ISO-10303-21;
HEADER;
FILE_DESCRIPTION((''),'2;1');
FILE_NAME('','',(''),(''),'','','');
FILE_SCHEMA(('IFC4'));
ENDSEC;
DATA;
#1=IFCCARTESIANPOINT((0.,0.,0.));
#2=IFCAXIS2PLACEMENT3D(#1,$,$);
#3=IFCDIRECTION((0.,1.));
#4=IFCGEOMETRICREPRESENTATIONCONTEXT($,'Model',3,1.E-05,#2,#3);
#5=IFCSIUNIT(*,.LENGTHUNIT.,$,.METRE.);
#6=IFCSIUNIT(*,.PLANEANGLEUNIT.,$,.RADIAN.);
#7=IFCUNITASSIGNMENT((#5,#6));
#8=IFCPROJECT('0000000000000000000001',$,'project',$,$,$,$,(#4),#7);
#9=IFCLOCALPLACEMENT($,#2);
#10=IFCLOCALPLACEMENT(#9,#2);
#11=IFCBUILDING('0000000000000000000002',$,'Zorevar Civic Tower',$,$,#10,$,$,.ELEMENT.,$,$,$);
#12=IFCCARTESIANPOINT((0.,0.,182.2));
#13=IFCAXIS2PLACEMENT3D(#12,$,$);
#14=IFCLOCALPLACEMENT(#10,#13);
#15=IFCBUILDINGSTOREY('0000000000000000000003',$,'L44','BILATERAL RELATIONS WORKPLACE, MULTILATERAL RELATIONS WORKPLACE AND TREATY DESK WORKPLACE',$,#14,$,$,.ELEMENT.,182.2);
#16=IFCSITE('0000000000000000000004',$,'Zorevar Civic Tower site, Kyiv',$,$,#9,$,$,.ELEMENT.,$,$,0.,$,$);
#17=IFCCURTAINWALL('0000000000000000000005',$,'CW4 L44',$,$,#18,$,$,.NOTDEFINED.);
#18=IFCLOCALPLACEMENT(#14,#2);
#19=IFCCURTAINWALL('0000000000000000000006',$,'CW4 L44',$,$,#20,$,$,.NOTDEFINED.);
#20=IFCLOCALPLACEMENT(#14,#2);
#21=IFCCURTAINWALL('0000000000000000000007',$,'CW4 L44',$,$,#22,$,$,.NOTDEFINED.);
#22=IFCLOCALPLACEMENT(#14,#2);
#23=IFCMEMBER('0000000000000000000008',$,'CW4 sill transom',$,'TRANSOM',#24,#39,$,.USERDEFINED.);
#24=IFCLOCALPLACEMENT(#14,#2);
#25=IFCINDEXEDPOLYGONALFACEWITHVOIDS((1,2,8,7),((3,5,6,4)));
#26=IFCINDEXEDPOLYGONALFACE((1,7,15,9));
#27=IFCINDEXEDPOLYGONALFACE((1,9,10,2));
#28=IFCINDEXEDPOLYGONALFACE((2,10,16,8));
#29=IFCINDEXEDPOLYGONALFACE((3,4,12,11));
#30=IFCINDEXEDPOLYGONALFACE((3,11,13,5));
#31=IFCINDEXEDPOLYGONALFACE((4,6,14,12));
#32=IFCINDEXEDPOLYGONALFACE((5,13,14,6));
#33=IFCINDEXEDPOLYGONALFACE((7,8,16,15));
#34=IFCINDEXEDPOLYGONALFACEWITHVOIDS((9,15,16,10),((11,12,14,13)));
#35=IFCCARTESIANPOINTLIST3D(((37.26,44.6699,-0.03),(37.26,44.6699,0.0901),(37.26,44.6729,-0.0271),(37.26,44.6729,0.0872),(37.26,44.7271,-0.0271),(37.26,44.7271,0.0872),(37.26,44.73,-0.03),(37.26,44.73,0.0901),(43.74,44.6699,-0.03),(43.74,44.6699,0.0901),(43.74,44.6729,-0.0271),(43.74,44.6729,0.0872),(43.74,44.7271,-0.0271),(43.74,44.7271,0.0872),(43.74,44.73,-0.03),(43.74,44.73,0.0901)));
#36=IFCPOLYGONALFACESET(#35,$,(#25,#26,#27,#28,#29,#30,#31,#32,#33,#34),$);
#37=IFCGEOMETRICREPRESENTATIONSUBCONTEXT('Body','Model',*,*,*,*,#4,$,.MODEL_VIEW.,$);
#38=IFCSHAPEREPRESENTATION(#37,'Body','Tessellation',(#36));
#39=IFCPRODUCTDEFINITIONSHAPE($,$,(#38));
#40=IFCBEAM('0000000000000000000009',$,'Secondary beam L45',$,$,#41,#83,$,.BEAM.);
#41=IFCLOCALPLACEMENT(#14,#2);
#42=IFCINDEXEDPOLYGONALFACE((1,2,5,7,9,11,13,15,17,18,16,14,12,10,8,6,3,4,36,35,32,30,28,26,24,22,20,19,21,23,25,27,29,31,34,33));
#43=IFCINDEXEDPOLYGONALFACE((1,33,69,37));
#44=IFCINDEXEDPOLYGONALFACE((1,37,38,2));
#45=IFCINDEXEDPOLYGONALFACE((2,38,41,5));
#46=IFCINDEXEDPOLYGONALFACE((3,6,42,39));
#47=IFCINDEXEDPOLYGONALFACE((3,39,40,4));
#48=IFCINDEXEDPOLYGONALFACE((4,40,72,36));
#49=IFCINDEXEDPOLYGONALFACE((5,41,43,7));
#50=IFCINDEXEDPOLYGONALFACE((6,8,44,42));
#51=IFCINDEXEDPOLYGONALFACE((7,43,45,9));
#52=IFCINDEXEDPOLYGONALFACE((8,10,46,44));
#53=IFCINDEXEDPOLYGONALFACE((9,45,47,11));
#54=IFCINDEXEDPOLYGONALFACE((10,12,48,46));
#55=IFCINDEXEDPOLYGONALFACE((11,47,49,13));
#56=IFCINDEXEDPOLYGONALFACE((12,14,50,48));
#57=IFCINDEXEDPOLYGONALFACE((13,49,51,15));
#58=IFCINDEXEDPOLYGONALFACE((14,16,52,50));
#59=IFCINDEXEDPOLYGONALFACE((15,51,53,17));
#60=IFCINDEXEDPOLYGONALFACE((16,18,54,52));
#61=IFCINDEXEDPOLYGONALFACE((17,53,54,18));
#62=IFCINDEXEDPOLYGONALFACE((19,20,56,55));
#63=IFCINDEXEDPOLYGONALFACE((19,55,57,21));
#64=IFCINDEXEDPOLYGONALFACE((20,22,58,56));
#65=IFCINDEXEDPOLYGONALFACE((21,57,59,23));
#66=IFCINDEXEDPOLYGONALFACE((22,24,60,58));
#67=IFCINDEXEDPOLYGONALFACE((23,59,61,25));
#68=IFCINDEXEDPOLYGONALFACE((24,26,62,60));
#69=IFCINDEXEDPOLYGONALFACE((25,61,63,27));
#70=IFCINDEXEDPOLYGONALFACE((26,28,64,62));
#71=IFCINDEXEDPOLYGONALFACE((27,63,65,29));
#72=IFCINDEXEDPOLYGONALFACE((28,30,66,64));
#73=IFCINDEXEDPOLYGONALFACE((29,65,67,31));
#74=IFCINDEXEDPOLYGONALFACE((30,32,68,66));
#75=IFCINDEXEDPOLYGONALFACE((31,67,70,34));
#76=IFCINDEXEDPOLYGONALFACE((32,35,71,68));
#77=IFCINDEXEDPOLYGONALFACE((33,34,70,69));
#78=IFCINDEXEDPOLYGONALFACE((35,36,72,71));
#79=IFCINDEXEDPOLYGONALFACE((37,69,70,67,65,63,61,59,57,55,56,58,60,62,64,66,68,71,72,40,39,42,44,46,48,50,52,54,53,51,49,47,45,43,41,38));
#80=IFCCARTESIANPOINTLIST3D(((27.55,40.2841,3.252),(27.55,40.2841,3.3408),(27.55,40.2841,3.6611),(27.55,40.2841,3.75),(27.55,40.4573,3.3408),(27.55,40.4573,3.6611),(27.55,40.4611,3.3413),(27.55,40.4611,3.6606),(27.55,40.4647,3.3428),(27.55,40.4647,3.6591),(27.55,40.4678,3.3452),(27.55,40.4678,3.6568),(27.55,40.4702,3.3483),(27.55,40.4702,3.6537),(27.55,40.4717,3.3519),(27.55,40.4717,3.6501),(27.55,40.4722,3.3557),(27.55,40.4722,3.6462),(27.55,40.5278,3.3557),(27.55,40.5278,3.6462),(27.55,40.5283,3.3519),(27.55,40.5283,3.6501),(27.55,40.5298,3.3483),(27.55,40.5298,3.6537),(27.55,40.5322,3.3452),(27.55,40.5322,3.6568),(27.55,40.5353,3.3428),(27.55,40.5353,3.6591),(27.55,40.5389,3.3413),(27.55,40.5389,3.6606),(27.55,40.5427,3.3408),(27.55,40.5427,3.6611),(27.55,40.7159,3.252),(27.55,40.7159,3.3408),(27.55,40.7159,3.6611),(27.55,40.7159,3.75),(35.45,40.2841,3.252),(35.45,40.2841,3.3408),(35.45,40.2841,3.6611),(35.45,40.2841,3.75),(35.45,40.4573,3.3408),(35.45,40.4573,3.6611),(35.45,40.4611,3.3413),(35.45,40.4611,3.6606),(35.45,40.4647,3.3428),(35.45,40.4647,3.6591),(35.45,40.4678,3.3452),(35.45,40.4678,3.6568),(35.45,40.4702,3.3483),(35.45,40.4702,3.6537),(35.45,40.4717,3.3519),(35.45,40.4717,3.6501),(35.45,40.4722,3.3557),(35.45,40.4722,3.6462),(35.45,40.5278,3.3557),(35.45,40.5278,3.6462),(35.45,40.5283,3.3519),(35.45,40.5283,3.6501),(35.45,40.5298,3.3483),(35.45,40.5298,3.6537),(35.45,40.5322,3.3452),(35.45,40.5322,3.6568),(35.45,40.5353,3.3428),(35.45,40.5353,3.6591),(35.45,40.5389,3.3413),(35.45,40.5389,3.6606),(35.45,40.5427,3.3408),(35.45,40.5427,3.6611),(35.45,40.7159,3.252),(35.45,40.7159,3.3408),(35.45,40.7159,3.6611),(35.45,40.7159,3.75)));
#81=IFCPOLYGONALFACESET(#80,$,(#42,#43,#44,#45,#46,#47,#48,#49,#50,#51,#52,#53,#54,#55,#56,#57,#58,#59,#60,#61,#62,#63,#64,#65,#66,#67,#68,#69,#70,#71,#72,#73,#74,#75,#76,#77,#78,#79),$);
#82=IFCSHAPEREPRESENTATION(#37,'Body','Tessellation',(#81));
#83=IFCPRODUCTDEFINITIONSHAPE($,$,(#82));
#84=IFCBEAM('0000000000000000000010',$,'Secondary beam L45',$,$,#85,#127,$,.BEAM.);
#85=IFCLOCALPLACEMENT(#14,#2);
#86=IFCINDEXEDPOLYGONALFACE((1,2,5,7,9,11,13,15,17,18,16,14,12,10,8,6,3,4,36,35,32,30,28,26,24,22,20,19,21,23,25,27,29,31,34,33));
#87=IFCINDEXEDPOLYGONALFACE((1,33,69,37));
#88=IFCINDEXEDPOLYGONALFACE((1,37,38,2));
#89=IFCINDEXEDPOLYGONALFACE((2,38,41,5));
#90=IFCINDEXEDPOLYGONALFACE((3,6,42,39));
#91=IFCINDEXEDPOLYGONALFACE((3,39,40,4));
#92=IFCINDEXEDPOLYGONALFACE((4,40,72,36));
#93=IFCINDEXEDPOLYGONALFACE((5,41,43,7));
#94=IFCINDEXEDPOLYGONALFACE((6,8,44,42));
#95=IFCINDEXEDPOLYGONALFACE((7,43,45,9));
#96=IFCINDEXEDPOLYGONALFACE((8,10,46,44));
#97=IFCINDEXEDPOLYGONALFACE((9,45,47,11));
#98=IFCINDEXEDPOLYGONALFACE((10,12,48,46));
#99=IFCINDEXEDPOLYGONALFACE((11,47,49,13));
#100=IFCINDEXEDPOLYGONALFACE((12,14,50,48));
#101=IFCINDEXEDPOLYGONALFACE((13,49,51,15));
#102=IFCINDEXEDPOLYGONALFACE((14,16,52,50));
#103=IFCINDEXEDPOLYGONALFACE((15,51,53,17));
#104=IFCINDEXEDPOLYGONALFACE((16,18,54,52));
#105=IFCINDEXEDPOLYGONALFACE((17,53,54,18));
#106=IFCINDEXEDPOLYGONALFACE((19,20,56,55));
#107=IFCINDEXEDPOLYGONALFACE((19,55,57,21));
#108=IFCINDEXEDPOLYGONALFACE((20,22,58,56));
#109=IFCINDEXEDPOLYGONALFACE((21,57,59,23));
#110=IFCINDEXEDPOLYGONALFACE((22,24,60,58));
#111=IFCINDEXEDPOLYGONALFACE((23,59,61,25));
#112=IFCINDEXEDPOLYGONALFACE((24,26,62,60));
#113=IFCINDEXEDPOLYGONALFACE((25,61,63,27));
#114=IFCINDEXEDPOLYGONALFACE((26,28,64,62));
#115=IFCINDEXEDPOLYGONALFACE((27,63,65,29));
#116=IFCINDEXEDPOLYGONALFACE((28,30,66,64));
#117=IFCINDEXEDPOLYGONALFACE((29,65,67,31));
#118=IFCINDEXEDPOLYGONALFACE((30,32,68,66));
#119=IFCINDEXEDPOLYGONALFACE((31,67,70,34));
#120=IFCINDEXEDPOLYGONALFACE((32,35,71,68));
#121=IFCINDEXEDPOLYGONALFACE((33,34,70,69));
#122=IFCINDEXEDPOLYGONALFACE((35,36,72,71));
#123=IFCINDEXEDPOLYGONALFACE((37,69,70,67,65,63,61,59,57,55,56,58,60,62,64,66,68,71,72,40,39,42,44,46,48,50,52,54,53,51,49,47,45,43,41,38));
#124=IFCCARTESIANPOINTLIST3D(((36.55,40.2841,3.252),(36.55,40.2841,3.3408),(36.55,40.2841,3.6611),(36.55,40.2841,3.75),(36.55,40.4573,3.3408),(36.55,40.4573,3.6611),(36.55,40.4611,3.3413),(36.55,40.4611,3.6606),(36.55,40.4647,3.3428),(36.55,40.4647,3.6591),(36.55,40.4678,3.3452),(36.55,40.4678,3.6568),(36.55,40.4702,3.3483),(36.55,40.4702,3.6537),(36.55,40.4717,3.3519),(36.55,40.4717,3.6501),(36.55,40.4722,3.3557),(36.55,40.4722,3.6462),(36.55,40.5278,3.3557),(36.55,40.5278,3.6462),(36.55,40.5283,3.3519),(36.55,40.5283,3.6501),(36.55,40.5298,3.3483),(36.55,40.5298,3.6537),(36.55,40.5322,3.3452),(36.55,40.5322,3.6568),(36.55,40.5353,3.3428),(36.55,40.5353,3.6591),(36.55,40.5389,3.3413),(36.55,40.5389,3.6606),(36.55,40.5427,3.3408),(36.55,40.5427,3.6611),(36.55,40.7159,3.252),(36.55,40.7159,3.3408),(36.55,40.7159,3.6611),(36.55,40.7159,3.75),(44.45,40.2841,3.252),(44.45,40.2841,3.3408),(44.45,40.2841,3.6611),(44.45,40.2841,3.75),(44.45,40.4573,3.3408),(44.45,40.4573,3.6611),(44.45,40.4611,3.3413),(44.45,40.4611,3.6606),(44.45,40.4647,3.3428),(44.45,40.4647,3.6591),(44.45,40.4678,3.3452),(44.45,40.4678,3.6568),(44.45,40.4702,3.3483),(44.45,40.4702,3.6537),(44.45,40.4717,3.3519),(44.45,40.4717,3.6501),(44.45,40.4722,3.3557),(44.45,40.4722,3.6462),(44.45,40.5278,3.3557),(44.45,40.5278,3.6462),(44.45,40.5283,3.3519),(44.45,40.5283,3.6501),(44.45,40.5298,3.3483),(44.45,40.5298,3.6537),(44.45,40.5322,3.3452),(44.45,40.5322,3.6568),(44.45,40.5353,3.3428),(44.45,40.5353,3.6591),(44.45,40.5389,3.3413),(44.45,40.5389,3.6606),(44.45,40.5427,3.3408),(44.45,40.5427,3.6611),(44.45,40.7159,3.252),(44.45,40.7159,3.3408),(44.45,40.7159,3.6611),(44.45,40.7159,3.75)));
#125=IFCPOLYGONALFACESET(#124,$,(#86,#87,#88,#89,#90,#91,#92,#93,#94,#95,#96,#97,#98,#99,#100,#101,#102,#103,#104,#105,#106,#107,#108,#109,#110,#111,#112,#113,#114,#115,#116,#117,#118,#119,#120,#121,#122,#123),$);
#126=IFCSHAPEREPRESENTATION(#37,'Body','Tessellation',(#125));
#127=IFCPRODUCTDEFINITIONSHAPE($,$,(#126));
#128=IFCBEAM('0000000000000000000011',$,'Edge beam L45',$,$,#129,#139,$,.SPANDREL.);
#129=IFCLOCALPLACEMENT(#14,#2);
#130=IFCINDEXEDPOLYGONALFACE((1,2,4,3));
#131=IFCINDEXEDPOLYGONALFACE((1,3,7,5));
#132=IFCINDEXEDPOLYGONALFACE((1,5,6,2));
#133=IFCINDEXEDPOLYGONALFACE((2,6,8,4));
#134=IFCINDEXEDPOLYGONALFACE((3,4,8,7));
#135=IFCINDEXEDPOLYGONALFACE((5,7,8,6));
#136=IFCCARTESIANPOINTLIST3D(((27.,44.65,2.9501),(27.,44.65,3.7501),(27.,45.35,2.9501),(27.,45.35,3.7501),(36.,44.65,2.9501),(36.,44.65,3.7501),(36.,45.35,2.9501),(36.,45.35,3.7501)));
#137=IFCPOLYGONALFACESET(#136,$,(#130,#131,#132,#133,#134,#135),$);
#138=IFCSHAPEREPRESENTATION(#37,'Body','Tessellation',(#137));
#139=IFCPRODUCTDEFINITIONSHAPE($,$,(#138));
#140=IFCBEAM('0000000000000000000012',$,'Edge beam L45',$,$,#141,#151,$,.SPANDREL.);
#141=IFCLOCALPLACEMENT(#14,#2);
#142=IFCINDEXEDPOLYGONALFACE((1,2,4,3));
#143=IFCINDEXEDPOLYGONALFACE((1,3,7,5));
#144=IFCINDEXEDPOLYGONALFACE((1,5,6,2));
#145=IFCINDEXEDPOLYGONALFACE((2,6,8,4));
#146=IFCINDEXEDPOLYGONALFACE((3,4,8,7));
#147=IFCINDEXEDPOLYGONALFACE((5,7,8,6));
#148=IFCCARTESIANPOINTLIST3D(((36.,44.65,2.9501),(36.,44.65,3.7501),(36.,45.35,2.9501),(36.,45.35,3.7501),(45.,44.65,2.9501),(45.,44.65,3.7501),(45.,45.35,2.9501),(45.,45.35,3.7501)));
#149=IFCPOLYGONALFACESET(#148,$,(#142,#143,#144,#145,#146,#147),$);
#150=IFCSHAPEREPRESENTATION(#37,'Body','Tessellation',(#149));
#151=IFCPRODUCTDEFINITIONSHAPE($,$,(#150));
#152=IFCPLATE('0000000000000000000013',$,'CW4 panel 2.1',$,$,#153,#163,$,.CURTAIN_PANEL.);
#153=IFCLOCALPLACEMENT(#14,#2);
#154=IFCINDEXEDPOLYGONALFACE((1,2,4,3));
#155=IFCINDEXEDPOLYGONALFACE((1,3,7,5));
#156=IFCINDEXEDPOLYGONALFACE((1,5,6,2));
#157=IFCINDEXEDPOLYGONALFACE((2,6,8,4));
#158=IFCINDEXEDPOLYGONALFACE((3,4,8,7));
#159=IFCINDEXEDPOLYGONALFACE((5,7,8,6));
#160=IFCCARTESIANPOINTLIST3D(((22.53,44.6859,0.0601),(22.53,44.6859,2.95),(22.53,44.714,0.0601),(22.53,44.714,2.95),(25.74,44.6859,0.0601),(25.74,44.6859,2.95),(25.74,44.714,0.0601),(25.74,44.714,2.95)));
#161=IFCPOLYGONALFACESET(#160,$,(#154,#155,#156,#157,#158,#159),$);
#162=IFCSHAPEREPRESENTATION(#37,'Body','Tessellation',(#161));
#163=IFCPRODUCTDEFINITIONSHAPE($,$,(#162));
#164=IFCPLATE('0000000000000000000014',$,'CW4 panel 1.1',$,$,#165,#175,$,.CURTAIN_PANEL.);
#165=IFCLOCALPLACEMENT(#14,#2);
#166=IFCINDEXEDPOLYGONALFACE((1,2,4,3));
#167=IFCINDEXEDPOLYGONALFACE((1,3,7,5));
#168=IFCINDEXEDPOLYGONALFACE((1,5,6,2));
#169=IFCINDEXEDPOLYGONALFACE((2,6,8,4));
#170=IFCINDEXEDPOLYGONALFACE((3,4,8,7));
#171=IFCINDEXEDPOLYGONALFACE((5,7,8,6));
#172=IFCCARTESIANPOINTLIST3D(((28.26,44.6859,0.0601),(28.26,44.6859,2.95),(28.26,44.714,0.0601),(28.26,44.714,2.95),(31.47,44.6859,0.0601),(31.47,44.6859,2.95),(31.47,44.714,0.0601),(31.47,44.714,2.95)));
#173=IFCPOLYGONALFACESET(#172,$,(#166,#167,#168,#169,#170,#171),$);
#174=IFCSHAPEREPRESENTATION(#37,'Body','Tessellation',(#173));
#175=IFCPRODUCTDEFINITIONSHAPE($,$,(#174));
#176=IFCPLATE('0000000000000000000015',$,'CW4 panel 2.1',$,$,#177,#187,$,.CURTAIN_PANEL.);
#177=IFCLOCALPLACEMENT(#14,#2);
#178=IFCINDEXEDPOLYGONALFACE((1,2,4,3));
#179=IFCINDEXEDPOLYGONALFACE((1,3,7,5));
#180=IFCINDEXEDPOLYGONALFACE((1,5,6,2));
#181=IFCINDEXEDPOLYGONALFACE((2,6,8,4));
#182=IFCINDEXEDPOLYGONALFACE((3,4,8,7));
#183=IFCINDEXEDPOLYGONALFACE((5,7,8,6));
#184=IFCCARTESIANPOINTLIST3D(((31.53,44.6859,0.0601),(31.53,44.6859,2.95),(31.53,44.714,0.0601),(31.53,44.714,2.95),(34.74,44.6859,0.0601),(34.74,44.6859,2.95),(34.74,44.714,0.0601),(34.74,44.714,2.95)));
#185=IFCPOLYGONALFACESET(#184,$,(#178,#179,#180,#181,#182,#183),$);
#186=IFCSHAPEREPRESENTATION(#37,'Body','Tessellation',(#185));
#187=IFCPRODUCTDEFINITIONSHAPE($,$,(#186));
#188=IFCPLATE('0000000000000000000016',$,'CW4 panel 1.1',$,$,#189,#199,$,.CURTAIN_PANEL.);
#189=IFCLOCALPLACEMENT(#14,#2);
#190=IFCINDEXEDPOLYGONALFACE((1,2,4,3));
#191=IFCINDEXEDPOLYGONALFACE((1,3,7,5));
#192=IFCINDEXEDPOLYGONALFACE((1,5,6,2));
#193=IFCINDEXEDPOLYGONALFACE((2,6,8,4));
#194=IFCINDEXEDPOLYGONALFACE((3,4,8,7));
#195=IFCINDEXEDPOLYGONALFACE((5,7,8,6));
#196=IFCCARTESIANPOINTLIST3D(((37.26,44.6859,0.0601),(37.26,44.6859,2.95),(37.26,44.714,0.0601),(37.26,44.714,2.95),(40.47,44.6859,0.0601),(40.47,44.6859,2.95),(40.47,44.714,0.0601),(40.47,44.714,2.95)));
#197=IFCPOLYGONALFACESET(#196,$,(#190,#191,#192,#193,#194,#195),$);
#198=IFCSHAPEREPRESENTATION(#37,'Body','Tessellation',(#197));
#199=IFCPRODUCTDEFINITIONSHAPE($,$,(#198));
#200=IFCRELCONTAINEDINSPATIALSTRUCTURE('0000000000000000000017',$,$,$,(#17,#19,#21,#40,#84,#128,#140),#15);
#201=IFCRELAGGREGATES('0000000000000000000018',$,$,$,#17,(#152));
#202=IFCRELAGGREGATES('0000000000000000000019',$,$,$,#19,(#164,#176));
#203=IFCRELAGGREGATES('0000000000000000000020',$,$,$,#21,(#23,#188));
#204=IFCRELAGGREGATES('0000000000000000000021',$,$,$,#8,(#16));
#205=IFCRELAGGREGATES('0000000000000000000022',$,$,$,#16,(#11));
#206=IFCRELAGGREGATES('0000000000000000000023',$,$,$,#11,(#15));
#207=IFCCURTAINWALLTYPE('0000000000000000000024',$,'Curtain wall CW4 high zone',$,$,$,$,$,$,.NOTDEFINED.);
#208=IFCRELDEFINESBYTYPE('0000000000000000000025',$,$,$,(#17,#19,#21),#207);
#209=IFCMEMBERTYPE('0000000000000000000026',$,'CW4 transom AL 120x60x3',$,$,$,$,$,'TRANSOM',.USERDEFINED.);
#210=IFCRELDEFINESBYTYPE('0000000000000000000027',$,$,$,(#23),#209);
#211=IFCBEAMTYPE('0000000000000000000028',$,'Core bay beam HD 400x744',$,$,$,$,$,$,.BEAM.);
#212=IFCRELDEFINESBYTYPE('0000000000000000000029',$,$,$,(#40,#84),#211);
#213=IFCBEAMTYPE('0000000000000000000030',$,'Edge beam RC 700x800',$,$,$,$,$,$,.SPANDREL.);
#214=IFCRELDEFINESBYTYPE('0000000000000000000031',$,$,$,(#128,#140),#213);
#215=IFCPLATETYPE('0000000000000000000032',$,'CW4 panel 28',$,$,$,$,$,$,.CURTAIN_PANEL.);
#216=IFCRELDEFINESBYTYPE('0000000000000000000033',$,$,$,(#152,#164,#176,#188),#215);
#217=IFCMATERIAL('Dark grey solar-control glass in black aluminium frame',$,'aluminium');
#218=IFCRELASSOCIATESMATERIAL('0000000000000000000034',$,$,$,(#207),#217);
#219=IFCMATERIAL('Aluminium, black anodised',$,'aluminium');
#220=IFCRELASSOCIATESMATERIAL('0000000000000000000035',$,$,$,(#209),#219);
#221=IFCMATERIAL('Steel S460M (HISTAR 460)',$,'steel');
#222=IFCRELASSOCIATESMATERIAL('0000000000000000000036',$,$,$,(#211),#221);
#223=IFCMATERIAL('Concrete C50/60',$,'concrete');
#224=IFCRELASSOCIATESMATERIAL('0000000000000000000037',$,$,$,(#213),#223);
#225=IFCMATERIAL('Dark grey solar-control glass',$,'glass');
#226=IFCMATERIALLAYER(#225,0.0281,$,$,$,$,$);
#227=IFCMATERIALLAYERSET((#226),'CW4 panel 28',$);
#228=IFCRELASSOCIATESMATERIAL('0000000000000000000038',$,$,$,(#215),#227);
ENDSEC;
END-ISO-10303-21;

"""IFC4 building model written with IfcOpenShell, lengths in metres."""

from ifc_helpers import new_model, si_unit, direction, frame, origin, origin_2d, place, context, subcontext, project, spatial, rectangle, hollow_rectangle, i_section, extrude, material, layer, layer_set, material_profile, profile_set, type_object, element, aggregate, save


model = new_model("IFC4")

# Units and contexts
model_context = context("Model", 3, precision=1e-05, world=origin(), true_north=direction((0.0, 1.0)))
body_context = subcontext(model_context, "Body", "Model", "MODEL_VIEW")
ifc_project = project(units=[si_unit("LENGTHUNIT", "METRE"), si_unit("PLANEANGLEUNIT", "RADIAN")], contexts=[model_context])

# Site, building, storey
site_placement = place(None, origin())
site = spatial("IfcSite", under=ifc_project, at=site_placement, Name="Zorevar Civic Tower site, Kyiv", CompositionType="ELEMENT", RefElevation=0.0)
building_placement = place(site_placement, origin())
building = spatial("IfcBuilding", under=site, at=building_placement, Name="Zorevar Civic Tower", CompositionType="ELEMENT")
storey_placement = place(building_placement, frame((0.0, 0.0, 182.2)))
storey = spatial("IfcBuildingStorey", under=building, at=storey_placement, Name="L44", Description="BILATERAL RELATIONS WORKPLACE, MULTILATERAL RELATIONS WORKPLACE AND TREATY DESK WORKPLACE", CompositionType="ELEMENT", Elevation=182.2)

# Curtain walls
ifc_material_1 = material(Name="Dark grey solar-control glass in black aluminium frame", Category="aluminium")
curtain_wall_type = type_object("IfcCurtainWallType", Name="Curtain wall CW4 high zone", PredefinedType="NOTDEFINED", material=ifc_material_1)
curtain_wall_1_placement = place(storey_placement, origin())
curtain_wall_1 = element("IfcCurtainWall", 1, at=curtain_wall_1_placement, inside=storey, type_object=curtain_wall_type, Name="CW4 L44", PredefinedType="NOTDEFINED")
curtain_wall_2_placement = place(storey_placement, origin())
curtain_wall_2 = element("IfcCurtainWall", 2, at=curtain_wall_2_placement, inside=storey, type_object=curtain_wall_type, Name="CW4 L44", PredefinedType="NOTDEFINED")
curtain_wall_3_placement = place(storey_placement, origin())
curtain_wall_3 = element("IfcCurtainWall", 3, at=curtain_wall_3_placement, inside=storey, type_object=curtain_wall_type, Name="CW4 L44", PredefinedType="NOTDEFINED")

# Member
ifc_material_2 = material(Name="Aluminium, black anodised", Category="aluminium")
ifc_material_profile_1 = material_profile(ifc_material_2, hollow_rectangle(XDim=0.0601, YDim=0.1201, WallThickness=0.0029, at=origin_2d()), Name="AL 120x60x3")
ifc_profile_set_1 = profile_set([ifc_material_profile_1], Name="Aluminium, black anodised")
member_type_1 = type_object("IfcMemberType", Name="CW4 transom AL 120x60x3", ElementType="TRANSOM", PredefinedType="USERDEFINED", material=ifc_profile_set_1)
member_1_placement = place(storey_placement, frame((37.26, 44.7, 0.03), z_axis=(1.0, 0.0, 0.0), x_axis=(0.0, 1.0, 0.0)))
member_1 = element("IfcMember", 4, at=member_1_placement, type_object=member_type_1, Name="CW4 sill transom", ObjectType="TRANSOM", PredefinedType="USERDEFINED", context=body_context, shape_type="SweptSolid", body=[
    extrude(hollow_rectangle(XDim=0.0601, YDim=0.1201, WallThickness=0.0029, at=origin_2d()), origin(), (0.0, 0.0, 1.0), 6.48),
])

# Beams
ifc_material_3 = material(Name="Steel S460M (HISTAR 460)", Category="steel")
ifc_material_profile_2 = material_profile(ifc_material_3, i_section(OverallWidth=0.4319, OverallDepth=0.498, WebThickness=0.0557, FlangeThickness=0.0889, FilletRadius=0.0149, at=origin_2d()), Name="HD 400x744")
ifc_profile_set_2 = profile_set([ifc_material_profile_2], Name="Steel S460M (HISTAR 460)")
beam_type_1 = type_object("IfcBeamType", Name="Core bay beam HD 400x744", PredefinedType="BEAM", material=ifc_profile_set_2)
for number, where, z_axis, x_axis, name in (
    (5, (27.55, 40.5, 3.501), (1.0, 0.0, 0.0), (0.0, 1.0, 0.0), "Secondary beam L45"),
    (6, (36.55, 40.5, 3.501), (1.0, 0.0, 0.0), (0.0, 1.0, 0.0), "Secondary beam L45"),
):
    element("IfcBeam", number, at=place(storey_placement, frame(where, z_axis=z_axis, x_axis=x_axis)), inside=storey, type_object=beam_type_1, Name=name, PredefinedType="BEAM", context=body_context, shape_type="SweptSolid", body=[
        extrude(i_section(OverallWidth=0.4319, OverallDepth=0.498, WebThickness=0.0557, FlangeThickness=0.0889, FilletRadius=0.0149, at=origin_2d()), origin(), (0.0, 0.0, 1.0), 7.8999),
    ])
ifc_material_4 = material(Name="Concrete C50/60", Category="concrete")
ifc_material_profile_3 = material_profile(ifc_material_4, rectangle(XDim=0.7, YDim=0.8, at=origin_2d()), Name="RC 700x800")
ifc_profile_set_3 = profile_set([ifc_material_profile_3], Name="Concrete C50/60")
beam_type_2 = type_object("IfcBeamType", Name="Edge beam RC 700x800", PredefinedType="SPANDREL", material=ifc_profile_set_3)
for number, where, z_axis, x_axis, name in (
    (7, (27.0, 45.0, 3.3501), (1.0, 0.0, 0.0), (0.0, 1.0, 0.0), "Edge beam L45"),
    (8, (36.0, 45.0, 3.3501), (1.0, 0.0, 0.0), (0.0, 1.0, 0.0), "Edge beam L45"),
):
    element("IfcBeam", number, at=place(storey_placement, frame(where, z_axis=z_axis, x_axis=x_axis)), inside=storey, type_object=beam_type_2, Name=name, PredefinedType="SPANDREL", context=body_context, shape_type="SweptSolid", body=[
        extrude(rectangle(XDim=0.7, YDim=0.8, at=origin_2d()), origin(), (0.0, 0.0, 1.0), 9.0),
    ])

# Plates
ifc_material_5 = material(Name="Dark grey solar-control glass", Category="glass")
ifc_layer_1 = layer(ifc_material_5, 0.0281)
ifc_layer_set_1 = layer_set([ifc_layer_1], Name="CW4 panel 28")
plate_type = type_object("IfcPlateType", Name="CW4 panel 28", PredefinedType="CURTAIN_PANEL", material=ifc_layer_set_1)
plate_1_placement = place(storey_placement, frame((24.135, 44.7, 0.0601), z_axis=(0.0, 0.0, 1.0), x_axis=(1.0, 0.0, 0.0)))
plate_1 = element("IfcPlate", 9, at=plate_1_placement, type_object=plate_type, Name="CW4 panel 2.1", PredefinedType="CURTAIN_PANEL", context=body_context, shape_type="SweptSolid", body=[
    extrude(rectangle(XDim=3.21, YDim=0.0281, at=origin_2d()), origin(), (0.0, 0.0, 1.0), 2.8899),
])
aggregate(curtain_wall_1, [plate_1])
plate_2_placement = place(storey_placement, frame((29.865, 44.7, 0.0601), z_axis=(0.0, 0.0, 1.0), x_axis=(1.0, 0.0, 0.0)))
plate_2 = element("IfcPlate", 10, at=plate_2_placement, type_object=plate_type, Name="CW4 panel 1.1", PredefinedType="CURTAIN_PANEL", context=body_context, shape_type="SweptSolid", body=[
    extrude(rectangle(XDim=3.21, YDim=0.0281, at=origin_2d()), origin(), (0.0, 0.0, 1.0), 2.8899),
])
plate_3_placement = place(storey_placement, frame((33.135, 44.7, 0.0601), z_axis=(0.0, 0.0, 1.0), x_axis=(1.0, 0.0, 0.0)))
plate_3 = element("IfcPlate", 11, at=plate_3_placement, type_object=plate_type, Name="CW4 panel 2.1", PredefinedType="CURTAIN_PANEL", context=body_context, shape_type="SweptSolid", body=[
    extrude(rectangle(XDim=3.21, YDim=0.0281, at=origin_2d()), origin(), (0.0, 0.0, 1.0), 2.8899),
])
aggregate(curtain_wall_2, [plate_2, plate_3])
plate_4_placement = place(storey_placement, frame((38.865, 44.7, 0.0601), z_axis=(0.0, 0.0, 1.0), x_axis=(1.0, 0.0, 0.0)))
plate_4 = element("IfcPlate", 12, at=plate_4_placement, type_object=plate_type, Name="CW4 panel 1.1", PredefinedType="CURTAIN_PANEL", context=body_context, shape_type="SweptSolid", body=[
    extrude(rectangle(XDim=3.21, YDim=0.0281, at=origin_2d()), origin(), (0.0, 0.0, 1.0), 2.8899),
])
aggregate(curtain_wall_3, [member_1, plate_4])

save(model, "model.ifc")
